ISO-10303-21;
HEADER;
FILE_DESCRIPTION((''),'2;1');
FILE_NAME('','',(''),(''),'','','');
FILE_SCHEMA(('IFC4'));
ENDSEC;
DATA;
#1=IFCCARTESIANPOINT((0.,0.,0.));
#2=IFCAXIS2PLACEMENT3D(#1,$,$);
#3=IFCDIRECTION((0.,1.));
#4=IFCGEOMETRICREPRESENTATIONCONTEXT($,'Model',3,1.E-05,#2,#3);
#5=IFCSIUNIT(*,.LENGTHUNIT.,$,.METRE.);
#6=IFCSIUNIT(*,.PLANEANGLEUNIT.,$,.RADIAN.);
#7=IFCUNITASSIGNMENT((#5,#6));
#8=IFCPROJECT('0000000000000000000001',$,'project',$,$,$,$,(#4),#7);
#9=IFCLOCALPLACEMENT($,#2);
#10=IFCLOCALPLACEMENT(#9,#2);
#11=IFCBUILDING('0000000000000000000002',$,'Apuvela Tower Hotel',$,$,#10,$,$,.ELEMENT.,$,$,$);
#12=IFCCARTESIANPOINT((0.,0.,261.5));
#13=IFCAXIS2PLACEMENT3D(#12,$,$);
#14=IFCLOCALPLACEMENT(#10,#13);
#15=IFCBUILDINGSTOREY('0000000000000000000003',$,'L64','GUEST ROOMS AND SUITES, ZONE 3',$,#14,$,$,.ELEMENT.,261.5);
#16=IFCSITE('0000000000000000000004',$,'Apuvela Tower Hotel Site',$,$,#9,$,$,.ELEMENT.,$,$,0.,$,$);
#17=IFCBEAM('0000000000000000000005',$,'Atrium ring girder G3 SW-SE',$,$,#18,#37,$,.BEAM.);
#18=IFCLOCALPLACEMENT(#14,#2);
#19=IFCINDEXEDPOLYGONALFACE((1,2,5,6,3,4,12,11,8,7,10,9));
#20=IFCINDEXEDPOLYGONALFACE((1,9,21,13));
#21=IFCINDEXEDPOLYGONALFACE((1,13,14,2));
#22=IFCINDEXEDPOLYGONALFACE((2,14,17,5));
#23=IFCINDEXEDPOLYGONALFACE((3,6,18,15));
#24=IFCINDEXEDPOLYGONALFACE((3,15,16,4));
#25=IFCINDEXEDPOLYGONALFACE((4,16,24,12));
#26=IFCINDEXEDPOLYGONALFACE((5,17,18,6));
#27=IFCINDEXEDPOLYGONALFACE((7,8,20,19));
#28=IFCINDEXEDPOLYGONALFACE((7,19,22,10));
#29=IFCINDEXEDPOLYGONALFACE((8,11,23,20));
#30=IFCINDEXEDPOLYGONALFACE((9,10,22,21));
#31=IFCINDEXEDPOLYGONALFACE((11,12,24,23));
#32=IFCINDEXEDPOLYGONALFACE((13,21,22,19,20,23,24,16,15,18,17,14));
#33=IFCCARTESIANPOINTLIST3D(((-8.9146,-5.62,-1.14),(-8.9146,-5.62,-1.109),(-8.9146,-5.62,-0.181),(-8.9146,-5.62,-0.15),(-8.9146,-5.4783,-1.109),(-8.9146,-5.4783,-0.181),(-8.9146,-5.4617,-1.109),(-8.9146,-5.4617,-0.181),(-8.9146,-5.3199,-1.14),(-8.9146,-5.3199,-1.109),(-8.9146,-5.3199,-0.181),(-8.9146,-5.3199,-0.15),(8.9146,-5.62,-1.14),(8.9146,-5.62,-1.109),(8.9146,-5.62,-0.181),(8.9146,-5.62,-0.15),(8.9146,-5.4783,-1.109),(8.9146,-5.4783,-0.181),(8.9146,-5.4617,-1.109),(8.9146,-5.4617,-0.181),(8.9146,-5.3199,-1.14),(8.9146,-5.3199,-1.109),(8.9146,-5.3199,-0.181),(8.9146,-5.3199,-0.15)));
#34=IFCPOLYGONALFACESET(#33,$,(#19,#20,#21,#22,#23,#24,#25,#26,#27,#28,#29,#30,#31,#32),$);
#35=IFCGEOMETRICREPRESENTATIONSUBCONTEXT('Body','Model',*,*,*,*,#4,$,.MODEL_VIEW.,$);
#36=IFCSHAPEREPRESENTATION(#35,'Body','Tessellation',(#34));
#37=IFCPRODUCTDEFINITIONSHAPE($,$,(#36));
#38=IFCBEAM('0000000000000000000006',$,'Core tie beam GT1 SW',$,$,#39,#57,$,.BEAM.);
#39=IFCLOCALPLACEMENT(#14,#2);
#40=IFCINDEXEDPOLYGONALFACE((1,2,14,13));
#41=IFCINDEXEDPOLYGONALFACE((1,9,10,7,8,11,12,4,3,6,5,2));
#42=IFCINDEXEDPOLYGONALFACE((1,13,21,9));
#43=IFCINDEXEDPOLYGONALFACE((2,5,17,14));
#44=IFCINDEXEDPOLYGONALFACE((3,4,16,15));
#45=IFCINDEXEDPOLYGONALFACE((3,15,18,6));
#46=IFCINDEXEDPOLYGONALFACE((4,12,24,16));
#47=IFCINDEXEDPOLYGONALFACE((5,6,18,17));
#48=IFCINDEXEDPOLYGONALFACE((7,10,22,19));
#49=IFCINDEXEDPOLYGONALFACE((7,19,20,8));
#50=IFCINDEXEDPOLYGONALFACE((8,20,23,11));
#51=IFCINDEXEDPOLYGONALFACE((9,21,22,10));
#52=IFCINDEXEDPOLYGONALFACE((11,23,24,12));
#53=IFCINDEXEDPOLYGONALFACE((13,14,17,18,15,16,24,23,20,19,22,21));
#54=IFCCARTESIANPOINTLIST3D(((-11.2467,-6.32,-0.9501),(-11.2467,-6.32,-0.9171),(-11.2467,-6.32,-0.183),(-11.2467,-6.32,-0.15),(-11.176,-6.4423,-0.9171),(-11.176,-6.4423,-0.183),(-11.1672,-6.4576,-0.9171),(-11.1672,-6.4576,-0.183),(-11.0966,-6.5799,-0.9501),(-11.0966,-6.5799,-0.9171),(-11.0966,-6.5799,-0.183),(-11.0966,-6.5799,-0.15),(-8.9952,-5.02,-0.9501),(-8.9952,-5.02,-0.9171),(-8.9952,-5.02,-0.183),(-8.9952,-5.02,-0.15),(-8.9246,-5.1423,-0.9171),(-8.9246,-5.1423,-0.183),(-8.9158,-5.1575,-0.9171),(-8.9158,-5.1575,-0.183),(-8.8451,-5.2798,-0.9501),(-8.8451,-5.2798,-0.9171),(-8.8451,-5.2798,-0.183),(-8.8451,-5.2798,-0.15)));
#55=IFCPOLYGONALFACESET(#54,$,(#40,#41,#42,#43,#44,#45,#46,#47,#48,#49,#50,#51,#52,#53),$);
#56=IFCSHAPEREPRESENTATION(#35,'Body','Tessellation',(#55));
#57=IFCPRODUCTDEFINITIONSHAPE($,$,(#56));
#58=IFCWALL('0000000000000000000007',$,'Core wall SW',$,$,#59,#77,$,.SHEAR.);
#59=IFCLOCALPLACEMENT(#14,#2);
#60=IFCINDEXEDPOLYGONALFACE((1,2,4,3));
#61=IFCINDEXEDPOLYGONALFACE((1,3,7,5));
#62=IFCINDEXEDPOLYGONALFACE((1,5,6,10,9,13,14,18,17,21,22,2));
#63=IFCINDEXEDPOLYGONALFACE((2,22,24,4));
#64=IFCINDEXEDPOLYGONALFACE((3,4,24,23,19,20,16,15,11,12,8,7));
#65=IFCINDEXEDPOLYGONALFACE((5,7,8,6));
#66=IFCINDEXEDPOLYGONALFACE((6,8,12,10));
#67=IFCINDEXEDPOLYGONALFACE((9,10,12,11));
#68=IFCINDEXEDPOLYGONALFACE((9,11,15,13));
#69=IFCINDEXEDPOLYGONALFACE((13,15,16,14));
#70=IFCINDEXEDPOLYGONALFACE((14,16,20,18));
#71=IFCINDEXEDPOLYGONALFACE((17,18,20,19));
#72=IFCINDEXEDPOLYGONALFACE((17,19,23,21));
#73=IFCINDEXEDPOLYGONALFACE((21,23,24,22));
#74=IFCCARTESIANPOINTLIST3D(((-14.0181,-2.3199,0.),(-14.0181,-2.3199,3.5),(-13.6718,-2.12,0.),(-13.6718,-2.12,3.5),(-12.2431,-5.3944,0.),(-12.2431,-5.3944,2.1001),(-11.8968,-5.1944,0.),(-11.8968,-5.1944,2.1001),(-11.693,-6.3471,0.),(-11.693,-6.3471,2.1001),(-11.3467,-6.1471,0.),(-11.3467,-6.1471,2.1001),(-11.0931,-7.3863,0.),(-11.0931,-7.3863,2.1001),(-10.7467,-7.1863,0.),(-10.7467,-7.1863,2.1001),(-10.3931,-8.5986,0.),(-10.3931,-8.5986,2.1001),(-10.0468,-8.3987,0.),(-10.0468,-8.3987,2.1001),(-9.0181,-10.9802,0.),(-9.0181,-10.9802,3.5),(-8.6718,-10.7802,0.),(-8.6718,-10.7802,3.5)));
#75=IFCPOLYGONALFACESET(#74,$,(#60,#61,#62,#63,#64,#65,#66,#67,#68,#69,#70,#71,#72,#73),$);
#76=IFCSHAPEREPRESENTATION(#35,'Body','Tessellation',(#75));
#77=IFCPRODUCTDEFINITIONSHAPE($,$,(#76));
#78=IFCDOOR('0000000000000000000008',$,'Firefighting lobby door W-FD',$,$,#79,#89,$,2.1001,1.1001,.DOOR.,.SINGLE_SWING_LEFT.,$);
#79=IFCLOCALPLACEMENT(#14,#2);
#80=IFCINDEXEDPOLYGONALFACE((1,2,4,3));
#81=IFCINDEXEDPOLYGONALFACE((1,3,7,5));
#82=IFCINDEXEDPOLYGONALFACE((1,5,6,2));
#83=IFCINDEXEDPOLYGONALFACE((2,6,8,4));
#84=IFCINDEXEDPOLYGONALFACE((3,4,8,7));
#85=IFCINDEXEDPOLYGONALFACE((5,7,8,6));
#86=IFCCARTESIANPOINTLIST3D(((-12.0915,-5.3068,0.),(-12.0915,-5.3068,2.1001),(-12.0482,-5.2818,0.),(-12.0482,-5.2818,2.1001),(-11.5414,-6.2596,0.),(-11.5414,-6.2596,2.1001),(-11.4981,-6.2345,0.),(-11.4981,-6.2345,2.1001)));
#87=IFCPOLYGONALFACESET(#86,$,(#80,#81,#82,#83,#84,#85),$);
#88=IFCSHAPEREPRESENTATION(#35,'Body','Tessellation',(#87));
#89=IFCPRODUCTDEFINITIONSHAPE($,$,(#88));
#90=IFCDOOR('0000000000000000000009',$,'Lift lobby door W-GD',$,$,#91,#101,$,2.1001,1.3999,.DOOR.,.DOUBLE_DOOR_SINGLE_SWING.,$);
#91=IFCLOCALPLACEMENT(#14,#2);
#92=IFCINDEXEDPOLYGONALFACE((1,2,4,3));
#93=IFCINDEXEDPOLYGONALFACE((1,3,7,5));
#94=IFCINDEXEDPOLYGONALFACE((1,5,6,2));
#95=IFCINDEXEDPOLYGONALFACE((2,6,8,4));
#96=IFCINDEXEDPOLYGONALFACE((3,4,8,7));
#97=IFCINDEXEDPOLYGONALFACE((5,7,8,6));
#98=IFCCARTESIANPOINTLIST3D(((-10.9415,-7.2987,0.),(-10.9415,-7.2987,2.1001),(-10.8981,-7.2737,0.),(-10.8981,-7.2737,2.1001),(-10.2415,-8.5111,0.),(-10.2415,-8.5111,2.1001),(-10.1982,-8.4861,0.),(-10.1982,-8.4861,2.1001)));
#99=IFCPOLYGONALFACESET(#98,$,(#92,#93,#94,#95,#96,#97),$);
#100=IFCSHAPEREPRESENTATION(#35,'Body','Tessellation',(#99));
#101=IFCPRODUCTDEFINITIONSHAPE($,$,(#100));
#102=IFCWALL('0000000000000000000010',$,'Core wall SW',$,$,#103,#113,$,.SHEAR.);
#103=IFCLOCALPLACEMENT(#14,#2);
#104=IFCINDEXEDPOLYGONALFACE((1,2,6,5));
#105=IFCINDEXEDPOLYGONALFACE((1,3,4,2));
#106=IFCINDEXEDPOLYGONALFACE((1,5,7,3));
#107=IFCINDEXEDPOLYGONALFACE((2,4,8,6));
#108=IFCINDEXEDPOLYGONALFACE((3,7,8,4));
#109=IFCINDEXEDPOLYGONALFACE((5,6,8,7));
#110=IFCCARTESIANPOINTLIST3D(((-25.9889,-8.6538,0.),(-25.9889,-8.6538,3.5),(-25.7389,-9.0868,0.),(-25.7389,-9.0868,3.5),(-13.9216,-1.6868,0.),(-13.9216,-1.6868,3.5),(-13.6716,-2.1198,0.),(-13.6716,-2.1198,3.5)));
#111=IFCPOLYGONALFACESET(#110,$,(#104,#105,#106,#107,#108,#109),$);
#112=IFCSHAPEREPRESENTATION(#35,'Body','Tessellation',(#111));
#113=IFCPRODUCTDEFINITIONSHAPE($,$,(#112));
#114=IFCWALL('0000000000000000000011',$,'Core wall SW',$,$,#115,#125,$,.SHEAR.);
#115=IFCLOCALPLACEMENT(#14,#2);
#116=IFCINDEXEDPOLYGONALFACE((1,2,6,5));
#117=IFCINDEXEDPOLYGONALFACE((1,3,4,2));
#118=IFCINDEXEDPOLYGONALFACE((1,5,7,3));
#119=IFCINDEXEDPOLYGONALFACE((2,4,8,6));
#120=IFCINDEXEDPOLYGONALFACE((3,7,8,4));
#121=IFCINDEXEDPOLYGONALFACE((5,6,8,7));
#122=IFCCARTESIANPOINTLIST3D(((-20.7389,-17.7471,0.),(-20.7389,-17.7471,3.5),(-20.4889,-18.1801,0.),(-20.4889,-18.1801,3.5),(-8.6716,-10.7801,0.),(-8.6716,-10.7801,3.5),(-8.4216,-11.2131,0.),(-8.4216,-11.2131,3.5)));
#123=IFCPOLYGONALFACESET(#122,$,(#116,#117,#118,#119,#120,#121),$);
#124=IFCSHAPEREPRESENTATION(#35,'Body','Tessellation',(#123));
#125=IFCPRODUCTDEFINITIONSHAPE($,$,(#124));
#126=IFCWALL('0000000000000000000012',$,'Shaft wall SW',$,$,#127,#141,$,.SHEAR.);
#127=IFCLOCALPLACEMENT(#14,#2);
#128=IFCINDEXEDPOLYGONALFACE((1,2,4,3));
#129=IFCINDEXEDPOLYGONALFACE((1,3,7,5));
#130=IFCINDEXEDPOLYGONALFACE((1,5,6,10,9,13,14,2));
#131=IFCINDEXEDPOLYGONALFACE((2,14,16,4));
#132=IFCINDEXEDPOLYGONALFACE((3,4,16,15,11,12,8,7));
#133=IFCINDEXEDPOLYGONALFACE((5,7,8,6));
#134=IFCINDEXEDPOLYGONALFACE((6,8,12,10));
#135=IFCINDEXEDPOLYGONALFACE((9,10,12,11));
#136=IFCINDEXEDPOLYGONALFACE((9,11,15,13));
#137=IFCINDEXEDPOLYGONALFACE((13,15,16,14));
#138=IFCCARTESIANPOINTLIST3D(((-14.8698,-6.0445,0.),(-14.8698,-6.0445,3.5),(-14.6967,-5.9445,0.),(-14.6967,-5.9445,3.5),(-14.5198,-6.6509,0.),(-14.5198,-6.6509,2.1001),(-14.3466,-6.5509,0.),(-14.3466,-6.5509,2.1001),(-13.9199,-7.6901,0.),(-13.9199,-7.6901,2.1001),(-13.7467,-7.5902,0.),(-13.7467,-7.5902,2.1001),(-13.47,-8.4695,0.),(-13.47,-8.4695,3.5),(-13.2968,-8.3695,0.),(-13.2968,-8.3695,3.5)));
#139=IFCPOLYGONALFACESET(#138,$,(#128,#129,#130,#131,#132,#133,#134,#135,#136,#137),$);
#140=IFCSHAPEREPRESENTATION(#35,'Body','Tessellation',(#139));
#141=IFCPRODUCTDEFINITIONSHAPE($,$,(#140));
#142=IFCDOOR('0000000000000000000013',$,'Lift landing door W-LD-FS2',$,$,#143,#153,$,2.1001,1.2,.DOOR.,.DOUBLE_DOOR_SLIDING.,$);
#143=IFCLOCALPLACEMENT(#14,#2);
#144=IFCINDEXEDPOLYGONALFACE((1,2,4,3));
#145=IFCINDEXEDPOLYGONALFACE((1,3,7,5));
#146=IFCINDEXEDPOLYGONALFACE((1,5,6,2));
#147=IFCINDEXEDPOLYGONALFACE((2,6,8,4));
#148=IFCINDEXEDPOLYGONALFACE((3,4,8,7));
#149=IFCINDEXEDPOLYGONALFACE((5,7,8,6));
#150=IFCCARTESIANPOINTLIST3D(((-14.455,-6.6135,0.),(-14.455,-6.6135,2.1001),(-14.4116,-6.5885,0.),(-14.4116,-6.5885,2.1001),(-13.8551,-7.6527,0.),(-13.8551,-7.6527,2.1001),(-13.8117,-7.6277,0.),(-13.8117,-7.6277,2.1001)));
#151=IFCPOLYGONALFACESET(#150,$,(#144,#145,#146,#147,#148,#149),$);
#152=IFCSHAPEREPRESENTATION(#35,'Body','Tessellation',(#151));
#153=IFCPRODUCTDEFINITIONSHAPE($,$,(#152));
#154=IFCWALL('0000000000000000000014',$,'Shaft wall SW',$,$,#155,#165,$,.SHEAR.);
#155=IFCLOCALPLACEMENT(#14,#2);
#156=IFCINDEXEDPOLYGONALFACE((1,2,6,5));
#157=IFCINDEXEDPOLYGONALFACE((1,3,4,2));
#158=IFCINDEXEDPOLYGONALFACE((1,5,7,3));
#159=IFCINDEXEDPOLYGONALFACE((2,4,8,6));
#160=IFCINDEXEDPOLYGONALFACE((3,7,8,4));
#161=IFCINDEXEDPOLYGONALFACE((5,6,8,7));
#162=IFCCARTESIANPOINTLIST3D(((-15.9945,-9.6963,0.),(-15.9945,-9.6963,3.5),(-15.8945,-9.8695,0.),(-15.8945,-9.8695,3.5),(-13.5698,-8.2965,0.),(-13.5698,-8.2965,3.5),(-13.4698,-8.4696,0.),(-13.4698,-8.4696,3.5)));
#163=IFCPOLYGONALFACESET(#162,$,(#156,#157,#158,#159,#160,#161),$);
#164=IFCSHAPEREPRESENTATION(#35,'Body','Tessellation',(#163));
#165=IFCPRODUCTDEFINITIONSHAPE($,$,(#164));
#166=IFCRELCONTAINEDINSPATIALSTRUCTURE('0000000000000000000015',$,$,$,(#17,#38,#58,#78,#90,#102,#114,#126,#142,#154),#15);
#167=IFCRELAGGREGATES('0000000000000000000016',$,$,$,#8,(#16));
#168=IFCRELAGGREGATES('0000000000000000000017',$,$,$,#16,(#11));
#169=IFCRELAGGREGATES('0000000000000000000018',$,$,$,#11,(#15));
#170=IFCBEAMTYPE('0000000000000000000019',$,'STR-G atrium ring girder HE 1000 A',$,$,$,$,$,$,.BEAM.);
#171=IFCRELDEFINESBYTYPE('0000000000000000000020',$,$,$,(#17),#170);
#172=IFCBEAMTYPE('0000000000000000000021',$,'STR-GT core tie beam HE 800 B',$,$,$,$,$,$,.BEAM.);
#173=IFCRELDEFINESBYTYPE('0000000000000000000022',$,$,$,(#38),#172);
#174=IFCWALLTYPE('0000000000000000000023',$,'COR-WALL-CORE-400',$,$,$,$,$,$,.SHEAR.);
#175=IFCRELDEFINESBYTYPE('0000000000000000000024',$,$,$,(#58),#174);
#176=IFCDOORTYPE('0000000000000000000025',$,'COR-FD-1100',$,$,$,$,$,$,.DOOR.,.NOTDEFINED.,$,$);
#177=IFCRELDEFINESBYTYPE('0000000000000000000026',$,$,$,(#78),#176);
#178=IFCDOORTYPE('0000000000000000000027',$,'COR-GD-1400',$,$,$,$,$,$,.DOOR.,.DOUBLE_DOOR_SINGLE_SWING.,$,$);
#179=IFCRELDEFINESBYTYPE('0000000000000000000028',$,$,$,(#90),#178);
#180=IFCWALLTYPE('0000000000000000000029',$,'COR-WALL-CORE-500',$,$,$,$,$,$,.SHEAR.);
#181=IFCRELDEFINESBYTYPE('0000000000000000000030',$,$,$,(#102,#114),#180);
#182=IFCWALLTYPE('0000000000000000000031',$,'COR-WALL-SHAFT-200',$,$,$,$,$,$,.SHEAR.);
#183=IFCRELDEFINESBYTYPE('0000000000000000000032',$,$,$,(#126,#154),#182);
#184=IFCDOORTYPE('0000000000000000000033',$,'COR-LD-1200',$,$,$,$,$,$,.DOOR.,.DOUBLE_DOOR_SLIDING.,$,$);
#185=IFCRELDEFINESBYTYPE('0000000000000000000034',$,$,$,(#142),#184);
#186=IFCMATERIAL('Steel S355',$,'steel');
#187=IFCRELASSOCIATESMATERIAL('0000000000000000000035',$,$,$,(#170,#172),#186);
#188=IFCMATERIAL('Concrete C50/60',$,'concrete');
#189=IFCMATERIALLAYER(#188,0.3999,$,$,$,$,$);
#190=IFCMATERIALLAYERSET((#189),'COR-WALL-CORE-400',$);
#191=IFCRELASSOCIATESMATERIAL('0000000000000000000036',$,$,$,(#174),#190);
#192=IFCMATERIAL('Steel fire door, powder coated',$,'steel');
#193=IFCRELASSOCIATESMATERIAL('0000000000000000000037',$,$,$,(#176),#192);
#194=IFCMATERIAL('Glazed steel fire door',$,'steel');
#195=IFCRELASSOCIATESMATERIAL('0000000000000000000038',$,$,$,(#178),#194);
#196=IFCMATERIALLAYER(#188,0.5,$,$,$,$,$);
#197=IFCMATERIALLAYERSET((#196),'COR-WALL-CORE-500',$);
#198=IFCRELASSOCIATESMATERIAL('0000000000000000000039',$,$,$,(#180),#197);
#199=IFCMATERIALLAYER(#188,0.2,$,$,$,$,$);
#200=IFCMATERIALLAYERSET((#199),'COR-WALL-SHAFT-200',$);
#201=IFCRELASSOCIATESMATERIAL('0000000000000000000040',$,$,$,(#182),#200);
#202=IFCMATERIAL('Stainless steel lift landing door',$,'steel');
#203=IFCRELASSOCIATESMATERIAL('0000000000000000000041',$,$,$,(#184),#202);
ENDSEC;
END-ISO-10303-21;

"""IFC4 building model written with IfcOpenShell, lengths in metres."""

from ifc_helpers import new_model, si_unit, direction, frame, frame_2d, origin, origin_2d, place, context, subcontext, project, spatial, rectangle, i_section, extrude, material, layer, layer_set, material_profile, profile_set, type_object, element, fill, save


model = new_model("IFC4")

# Units and contexts
model_context = context("Model", 3, precision=1e-05, world=origin(), true_north=direction((0.0, 1.0)))
body_context = subcontext(model_context, "Body", "Model", "MODEL_VIEW")
ifc_project = project(units=[si_unit("LENGTHUNIT", "METRE"), si_unit("PLANEANGLEUNIT", "RADIAN")], contexts=[model_context])

# Site, building, storey
site_placement = place(None, origin())
site = spatial("IfcSite", under=ifc_project, at=site_placement, Name="Apuvela Tower Hotel Site", CompositionType="ELEMENT", RefElevation=0.0)
building_placement = place(site_placement, origin())
building = spatial("IfcBuilding", under=site, at=building_placement, Name="Apuvela Tower Hotel", CompositionType="ELEMENT")
storey_placement = place(building_placement, frame((0.0, 0.0, 261.5)))
storey = spatial("IfcBuildingStorey", under=building, at=storey_placement, Name="L64", Description="GUEST ROOMS AND SUITES, ZONE 3", CompositionType="ELEMENT", Elevation=261.5)

# Beams
ifc_material_1 = material(Name="Steel S355", Category="steel")
ifc_material_profile_1 = material_profile(ifc_material_1, i_section(OverallWidth=0.3, OverallDepth=0.99, WebThickness=0.0166, FlangeThickness=0.031, at=origin_2d()), Name="HE 1000 A")
ifc_profile_set_1 = profile_set([ifc_material_profile_1], Name="Steel S355")
beam_type_1 = type_object("IfcBeamType", Name="STR-G atrium ring girder HE 1000 A", PredefinedType="BEAM", material=ifc_profile_set_1)
beam_1_placement = place(storey_placement, frame((-8.9146, -5.47, -0.645), z_axis=(1.0, 0.0, 0.0), x_axis=(0.0, 1.0, 0.0)))
element("IfcBeam", 1, at=beam_1_placement, inside=storey, type_object=beam_type_1, Name="Atrium ring girder G3 SW-SE", PredefinedType="BEAM", context=body_context, shape_type="SweptSolid", body=[
    extrude(i_section(OverallWidth=0.3, OverallDepth=0.99, WebThickness=0.0166, FlangeThickness=0.031, at=origin_2d()), origin(), (0.0, 0.0, 1.0), 17.8291),
])
ifc_material_profile_2 = material_profile(ifc_material_1, i_section(OverallWidth=0.3, OverallDepth=0.8, WebThickness=0.0176, FlangeThickness=0.033, at=origin_2d()), Name="HE 800 B")
ifc_profile_set_2 = profile_set([ifc_material_profile_2], Name="Steel S355")
beam_type_2 = type_object("IfcBeamType", Name="STR-GT core tie beam HE 800 B", PredefinedType="BEAM", material=ifc_profile_set_2)
beam_2_placement = place(storey_placement, frame((-11.1716, -6.45, -0.55), z_axis=(0.865998, 0.500048, 0.0), x_axis=(-0.500048, 0.865998, 0.0)))
element("IfcBeam", 2, at=beam_2_placement, inside=storey, type_object=beam_type_2, Name="Core tie beam GT1 SW", PredefinedType="BEAM", context=body_context, shape_type="SweptSolid", body=[
    extrude(i_section(OverallWidth=0.3, OverallDepth=0.8, WebThickness=0.0176, FlangeThickness=0.033, at=origin_2d()), origin(), (0.0, 0.0, 1.0), 2.5999),
])

# Wall, openings, doors
ifc_material_2 = material(Name="Concrete C50/60", Category="concrete")
ifc_layer_1 = layer(ifc_material_2, 0.3999)
ifc_layer_set_1 = layer_set([ifc_layer_1], Name="COR-WALL-CORE-400")
wall_type_1 = type_object("IfcWallType", Name="COR-WALL-CORE-400", PredefinedType="SHEAR", material=ifc_layer_set_1)
wall_1_placement = place(storey_placement, frame((-13.845, -2.22, 0.0), z_axis=(0.0, 0.0, 1.0), x_axis=(0.500004, -0.866023, 0.0)))
wall_1 = element("IfcWall", 3, at=wall_1_placement, inside=storey, type_object=wall_type_1, Name="Core wall SW", PredefinedType="SHEAR", context=body_context, shape_type="SweptSolid", body=[
    extrude(rectangle(XDim=10.0, YDim=0.3999, at=frame_2d((5.0, 0.0))), origin(), (0.0, 0.0, 1.0), 3.5),
])
opening_1_placement = place(wall_1_placement, frame((3.55, 0.0, 0.0)))
opening_1 = element("IfcOpeningElement", 4, at=opening_1_placement, cuts=wall_1, PredefinedType="OPENING", context=body_context, shape_type="SweptSolid", body=[
    extrude(rectangle(XDim=1.1001, YDim=2.1001, at=frame_2d((0.55, 1.05))), frame((0.0, 0.21, 0.0), z_axis=(0.0, -1.0, 0.0), x_axis=(1.0, 0.0, 0.0)), (0.0, 0.0, 1.0), 0.4199),
])
opening_2_placement = place(wall_1_placement, frame((5.8501, 0.0, 0.0)))
opening_2 = element("IfcOpeningElement", 5, at=opening_2_placement, cuts=wall_1, PredefinedType="OPENING", context=body_context, shape_type="SweptSolid", body=[
    extrude(rectangle(XDim=1.3999, YDim=2.1001, at=frame_2d((0.7, 1.05))), frame((0.0, 0.21, 0.0), z_axis=(0.0, -1.0, 0.0), x_axis=(1.0, 0.0, 0.0)), (0.0, 0.0, 1.0), 0.4199),
])
ifc_material_3 = material(Name="Steel fire door, powder coated", Category="steel")
door_type_1 = type_object("IfcDoorType", Name="COR-FD-1100", OperationType="NOTDEFINED", PredefinedType="DOOR", material=ifc_material_3)
door_1_placement = place(opening_1_placement, frame((1.1001, 0.0, 0.0), z_axis=(0.0, 0.0, 1.0), x_axis=(-1.0, 0.0, 0.0)))
door_1 = element("IfcDoor", 6, at=door_1_placement, inside=storey, type_object=door_type_1, Name="Firefighting lobby door W-FD", OperationType="SINGLE_SWING_LEFT", OverallHeight=2.1001, OverallWidth=1.1001, PredefinedType="DOOR", context=body_context, shape_type="SweptSolid", body=[
    extrude(rectangle(XDim=1.1001, YDim=2.1001, at=frame_2d((0.55, 1.05))), frame((0.0, 0.0249, 0.0), z_axis=(0.0, -1.0, 0.0), x_axis=(1.0, 0.0, 0.0)), (0.0, 0.0, 1.0), 0.05),
])
fill(opening_1, door_1)
ifc_material_4 = material(Name="Glazed steel fire door", Category="steel")
door_type_2 = type_object("IfcDoorType", Name="COR-GD-1400", OperationType="DOUBLE_DOOR_SINGLE_SWING", PredefinedType="DOOR", material=ifc_material_4)
door_2_placement = place(opening_2_placement, frame((1.3999, 0.0, 0.0), z_axis=(0.0, 0.0, 1.0), x_axis=(-1.0, 0.0, 0.0)))
door_2 = element("IfcDoor", 7, at=door_2_placement, inside=storey, type_object=door_type_2, Name="Lift lobby door W-GD", OperationType="DOUBLE_DOOR_SINGLE_SWING", OverallHeight=2.1001, OverallWidth=1.3999, PredefinedType="DOOR", context=body_context, shape_type="SweptSolid", body=[
    extrude(rectangle(XDim=1.3999, YDim=2.1001, at=frame_2d((0.7, 1.05))), frame((0.0, 0.0249, 0.0), z_axis=(0.0, -1.0, 0.0), x_axis=(1.0, 0.0, 0.0)), (0.0, 0.0, 1.0), 0.05),
])
fill(opening_2, door_2)

# Walls
ifc_layer_2 = layer(ifc_material_2, 0.5)
ifc_layer_set_2 = layer_set([ifc_layer_2], Name="COR-WALL-CORE-500")
wall_type_2 = type_object("IfcWallType", Name="COR-WALL-CORE-500", PredefinedType="SHEAR", material=ifc_layer_set_2)
for number, where, z_axis, x_axis, name in (
    (8, (-13.7966, -1.9033, 0.0), (0.0, 0.0, 1.0), (-0.866027, -0.499996, 0.0), "Core wall SW"),
    (9, (-8.5466, -10.9966, 0.0), (0.0, 0.0, 1.0), (-0.866027, -0.499996, 0.0), "Core wall SW"),
):
    element("IfcWall", number, at=place(storey_placement, frame(where, z_axis=z_axis, x_axis=x_axis)), inside=storey, type_object=wall_type_2, Name=name, PredefinedType="SHEAR", context=body_context, shape_type="SweptSolid", body=[
        extrude(rectangle(XDim=13.9341, YDim=0.5, at=frame_2d((6.967, 0.0))), origin(), (0.0, 0.0, 1.0), 3.5),
    ])

# Wall, opening, door
ifc_layer_3 = layer(ifc_material_2, 0.2)
ifc_layer_set_3 = layer_set([ifc_layer_3], Name="COR-WALL-SHAFT-200")
wall_type_3 = type_object("IfcWallType", Name="COR-WALL-SHAFT-200", PredefinedType="SHEAR", material=ifc_layer_set_3)
wall_2_placement = place(storey_placement, frame((-14.7832, -5.9946, 0.0), z_axis=(0.0, 0.0, 1.0), x_axis=(0.499946, -0.866056, 0.0)))
wall_2 = element("IfcWall", 10, at=wall_2_placement, inside=storey, type_object=wall_type_3, Name="Shaft wall SW", PredefinedType="SHEAR", context=body_context, shape_type="SweptSolid", body=[
    extrude(rectangle(XDim=2.8, YDim=0.2, at=frame_2d((1.3999, 0.0))), origin(), (0.0, 0.0, 1.0), 3.5),
])
opening_3_placement = place(wall_2_placement, frame((0.7, 0.0, 0.0)))
opening_3 = element("IfcOpeningElement", 11, at=opening_3_placement, cuts=wall_2, PredefinedType="OPENING", context=body_context, shape_type="SweptSolid", body=[
    extrude(rectangle(XDim=1.2, YDim=2.1001, at=frame_2d((0.6001, 1.05))), frame((0.0, 0.1099, 0.0), z_axis=(0.0, -1.0, 0.0), x_axis=(1.0, 0.0, 0.0)), (0.0, 0.0, 1.0), 0.22),
])
ifc_material_5 = material(Name="Stainless steel lift landing door", Category="steel")
door_type_3 = type_object("IfcDoorType", Name="COR-LD-1200", OperationType="DOUBLE_DOOR_SLIDING", PredefinedType="DOOR", material=ifc_material_5)
door_3_placement = place(opening_3_placement, origin())
door_3 = element("IfcDoor", 12, at=door_3_placement, inside=storey, type_object=door_type_3, Name="Lift landing door W-LD-FS2", OperationType="DOUBLE_DOOR_SLIDING", OverallHeight=2.1001, OverallWidth=1.2, PredefinedType="DOOR", context=body_context, shape_type="SweptSolid", body=[
    extrude(rectangle(XDim=1.2, YDim=2.1001, at=frame_2d((0.6001, 1.05))), frame((0.0, 0.0249, 0.0), z_axis=(0.0, -1.0, 0.0), x_axis=(1.0, 0.0, 0.0)), (0.0, 0.0, 1.0), 0.05),
])
fill(opening_3, door_3)

# Wall
wall_3_placement = place(storey_placement, frame((-13.5198, -8.3831, 0.0), z_axis=(0.0, 0.0, 1.0), x_axis=(-0.866035, -0.499984, 0.0)))
element("IfcWall", 13, at=wall_3_placement, inside=storey, type_object=wall_type_3, Name="Shaft wall SW", PredefinedType="SHEAR", context=body_context, shape_type="SweptSolid", body=[
    extrude(rectangle(XDim=2.7998, YDim=0.2, at=frame_2d((1.3999, 0.0))), origin(), (0.0, 0.0, 1.0), 3.5),
])

save(model, "model.ifc")
